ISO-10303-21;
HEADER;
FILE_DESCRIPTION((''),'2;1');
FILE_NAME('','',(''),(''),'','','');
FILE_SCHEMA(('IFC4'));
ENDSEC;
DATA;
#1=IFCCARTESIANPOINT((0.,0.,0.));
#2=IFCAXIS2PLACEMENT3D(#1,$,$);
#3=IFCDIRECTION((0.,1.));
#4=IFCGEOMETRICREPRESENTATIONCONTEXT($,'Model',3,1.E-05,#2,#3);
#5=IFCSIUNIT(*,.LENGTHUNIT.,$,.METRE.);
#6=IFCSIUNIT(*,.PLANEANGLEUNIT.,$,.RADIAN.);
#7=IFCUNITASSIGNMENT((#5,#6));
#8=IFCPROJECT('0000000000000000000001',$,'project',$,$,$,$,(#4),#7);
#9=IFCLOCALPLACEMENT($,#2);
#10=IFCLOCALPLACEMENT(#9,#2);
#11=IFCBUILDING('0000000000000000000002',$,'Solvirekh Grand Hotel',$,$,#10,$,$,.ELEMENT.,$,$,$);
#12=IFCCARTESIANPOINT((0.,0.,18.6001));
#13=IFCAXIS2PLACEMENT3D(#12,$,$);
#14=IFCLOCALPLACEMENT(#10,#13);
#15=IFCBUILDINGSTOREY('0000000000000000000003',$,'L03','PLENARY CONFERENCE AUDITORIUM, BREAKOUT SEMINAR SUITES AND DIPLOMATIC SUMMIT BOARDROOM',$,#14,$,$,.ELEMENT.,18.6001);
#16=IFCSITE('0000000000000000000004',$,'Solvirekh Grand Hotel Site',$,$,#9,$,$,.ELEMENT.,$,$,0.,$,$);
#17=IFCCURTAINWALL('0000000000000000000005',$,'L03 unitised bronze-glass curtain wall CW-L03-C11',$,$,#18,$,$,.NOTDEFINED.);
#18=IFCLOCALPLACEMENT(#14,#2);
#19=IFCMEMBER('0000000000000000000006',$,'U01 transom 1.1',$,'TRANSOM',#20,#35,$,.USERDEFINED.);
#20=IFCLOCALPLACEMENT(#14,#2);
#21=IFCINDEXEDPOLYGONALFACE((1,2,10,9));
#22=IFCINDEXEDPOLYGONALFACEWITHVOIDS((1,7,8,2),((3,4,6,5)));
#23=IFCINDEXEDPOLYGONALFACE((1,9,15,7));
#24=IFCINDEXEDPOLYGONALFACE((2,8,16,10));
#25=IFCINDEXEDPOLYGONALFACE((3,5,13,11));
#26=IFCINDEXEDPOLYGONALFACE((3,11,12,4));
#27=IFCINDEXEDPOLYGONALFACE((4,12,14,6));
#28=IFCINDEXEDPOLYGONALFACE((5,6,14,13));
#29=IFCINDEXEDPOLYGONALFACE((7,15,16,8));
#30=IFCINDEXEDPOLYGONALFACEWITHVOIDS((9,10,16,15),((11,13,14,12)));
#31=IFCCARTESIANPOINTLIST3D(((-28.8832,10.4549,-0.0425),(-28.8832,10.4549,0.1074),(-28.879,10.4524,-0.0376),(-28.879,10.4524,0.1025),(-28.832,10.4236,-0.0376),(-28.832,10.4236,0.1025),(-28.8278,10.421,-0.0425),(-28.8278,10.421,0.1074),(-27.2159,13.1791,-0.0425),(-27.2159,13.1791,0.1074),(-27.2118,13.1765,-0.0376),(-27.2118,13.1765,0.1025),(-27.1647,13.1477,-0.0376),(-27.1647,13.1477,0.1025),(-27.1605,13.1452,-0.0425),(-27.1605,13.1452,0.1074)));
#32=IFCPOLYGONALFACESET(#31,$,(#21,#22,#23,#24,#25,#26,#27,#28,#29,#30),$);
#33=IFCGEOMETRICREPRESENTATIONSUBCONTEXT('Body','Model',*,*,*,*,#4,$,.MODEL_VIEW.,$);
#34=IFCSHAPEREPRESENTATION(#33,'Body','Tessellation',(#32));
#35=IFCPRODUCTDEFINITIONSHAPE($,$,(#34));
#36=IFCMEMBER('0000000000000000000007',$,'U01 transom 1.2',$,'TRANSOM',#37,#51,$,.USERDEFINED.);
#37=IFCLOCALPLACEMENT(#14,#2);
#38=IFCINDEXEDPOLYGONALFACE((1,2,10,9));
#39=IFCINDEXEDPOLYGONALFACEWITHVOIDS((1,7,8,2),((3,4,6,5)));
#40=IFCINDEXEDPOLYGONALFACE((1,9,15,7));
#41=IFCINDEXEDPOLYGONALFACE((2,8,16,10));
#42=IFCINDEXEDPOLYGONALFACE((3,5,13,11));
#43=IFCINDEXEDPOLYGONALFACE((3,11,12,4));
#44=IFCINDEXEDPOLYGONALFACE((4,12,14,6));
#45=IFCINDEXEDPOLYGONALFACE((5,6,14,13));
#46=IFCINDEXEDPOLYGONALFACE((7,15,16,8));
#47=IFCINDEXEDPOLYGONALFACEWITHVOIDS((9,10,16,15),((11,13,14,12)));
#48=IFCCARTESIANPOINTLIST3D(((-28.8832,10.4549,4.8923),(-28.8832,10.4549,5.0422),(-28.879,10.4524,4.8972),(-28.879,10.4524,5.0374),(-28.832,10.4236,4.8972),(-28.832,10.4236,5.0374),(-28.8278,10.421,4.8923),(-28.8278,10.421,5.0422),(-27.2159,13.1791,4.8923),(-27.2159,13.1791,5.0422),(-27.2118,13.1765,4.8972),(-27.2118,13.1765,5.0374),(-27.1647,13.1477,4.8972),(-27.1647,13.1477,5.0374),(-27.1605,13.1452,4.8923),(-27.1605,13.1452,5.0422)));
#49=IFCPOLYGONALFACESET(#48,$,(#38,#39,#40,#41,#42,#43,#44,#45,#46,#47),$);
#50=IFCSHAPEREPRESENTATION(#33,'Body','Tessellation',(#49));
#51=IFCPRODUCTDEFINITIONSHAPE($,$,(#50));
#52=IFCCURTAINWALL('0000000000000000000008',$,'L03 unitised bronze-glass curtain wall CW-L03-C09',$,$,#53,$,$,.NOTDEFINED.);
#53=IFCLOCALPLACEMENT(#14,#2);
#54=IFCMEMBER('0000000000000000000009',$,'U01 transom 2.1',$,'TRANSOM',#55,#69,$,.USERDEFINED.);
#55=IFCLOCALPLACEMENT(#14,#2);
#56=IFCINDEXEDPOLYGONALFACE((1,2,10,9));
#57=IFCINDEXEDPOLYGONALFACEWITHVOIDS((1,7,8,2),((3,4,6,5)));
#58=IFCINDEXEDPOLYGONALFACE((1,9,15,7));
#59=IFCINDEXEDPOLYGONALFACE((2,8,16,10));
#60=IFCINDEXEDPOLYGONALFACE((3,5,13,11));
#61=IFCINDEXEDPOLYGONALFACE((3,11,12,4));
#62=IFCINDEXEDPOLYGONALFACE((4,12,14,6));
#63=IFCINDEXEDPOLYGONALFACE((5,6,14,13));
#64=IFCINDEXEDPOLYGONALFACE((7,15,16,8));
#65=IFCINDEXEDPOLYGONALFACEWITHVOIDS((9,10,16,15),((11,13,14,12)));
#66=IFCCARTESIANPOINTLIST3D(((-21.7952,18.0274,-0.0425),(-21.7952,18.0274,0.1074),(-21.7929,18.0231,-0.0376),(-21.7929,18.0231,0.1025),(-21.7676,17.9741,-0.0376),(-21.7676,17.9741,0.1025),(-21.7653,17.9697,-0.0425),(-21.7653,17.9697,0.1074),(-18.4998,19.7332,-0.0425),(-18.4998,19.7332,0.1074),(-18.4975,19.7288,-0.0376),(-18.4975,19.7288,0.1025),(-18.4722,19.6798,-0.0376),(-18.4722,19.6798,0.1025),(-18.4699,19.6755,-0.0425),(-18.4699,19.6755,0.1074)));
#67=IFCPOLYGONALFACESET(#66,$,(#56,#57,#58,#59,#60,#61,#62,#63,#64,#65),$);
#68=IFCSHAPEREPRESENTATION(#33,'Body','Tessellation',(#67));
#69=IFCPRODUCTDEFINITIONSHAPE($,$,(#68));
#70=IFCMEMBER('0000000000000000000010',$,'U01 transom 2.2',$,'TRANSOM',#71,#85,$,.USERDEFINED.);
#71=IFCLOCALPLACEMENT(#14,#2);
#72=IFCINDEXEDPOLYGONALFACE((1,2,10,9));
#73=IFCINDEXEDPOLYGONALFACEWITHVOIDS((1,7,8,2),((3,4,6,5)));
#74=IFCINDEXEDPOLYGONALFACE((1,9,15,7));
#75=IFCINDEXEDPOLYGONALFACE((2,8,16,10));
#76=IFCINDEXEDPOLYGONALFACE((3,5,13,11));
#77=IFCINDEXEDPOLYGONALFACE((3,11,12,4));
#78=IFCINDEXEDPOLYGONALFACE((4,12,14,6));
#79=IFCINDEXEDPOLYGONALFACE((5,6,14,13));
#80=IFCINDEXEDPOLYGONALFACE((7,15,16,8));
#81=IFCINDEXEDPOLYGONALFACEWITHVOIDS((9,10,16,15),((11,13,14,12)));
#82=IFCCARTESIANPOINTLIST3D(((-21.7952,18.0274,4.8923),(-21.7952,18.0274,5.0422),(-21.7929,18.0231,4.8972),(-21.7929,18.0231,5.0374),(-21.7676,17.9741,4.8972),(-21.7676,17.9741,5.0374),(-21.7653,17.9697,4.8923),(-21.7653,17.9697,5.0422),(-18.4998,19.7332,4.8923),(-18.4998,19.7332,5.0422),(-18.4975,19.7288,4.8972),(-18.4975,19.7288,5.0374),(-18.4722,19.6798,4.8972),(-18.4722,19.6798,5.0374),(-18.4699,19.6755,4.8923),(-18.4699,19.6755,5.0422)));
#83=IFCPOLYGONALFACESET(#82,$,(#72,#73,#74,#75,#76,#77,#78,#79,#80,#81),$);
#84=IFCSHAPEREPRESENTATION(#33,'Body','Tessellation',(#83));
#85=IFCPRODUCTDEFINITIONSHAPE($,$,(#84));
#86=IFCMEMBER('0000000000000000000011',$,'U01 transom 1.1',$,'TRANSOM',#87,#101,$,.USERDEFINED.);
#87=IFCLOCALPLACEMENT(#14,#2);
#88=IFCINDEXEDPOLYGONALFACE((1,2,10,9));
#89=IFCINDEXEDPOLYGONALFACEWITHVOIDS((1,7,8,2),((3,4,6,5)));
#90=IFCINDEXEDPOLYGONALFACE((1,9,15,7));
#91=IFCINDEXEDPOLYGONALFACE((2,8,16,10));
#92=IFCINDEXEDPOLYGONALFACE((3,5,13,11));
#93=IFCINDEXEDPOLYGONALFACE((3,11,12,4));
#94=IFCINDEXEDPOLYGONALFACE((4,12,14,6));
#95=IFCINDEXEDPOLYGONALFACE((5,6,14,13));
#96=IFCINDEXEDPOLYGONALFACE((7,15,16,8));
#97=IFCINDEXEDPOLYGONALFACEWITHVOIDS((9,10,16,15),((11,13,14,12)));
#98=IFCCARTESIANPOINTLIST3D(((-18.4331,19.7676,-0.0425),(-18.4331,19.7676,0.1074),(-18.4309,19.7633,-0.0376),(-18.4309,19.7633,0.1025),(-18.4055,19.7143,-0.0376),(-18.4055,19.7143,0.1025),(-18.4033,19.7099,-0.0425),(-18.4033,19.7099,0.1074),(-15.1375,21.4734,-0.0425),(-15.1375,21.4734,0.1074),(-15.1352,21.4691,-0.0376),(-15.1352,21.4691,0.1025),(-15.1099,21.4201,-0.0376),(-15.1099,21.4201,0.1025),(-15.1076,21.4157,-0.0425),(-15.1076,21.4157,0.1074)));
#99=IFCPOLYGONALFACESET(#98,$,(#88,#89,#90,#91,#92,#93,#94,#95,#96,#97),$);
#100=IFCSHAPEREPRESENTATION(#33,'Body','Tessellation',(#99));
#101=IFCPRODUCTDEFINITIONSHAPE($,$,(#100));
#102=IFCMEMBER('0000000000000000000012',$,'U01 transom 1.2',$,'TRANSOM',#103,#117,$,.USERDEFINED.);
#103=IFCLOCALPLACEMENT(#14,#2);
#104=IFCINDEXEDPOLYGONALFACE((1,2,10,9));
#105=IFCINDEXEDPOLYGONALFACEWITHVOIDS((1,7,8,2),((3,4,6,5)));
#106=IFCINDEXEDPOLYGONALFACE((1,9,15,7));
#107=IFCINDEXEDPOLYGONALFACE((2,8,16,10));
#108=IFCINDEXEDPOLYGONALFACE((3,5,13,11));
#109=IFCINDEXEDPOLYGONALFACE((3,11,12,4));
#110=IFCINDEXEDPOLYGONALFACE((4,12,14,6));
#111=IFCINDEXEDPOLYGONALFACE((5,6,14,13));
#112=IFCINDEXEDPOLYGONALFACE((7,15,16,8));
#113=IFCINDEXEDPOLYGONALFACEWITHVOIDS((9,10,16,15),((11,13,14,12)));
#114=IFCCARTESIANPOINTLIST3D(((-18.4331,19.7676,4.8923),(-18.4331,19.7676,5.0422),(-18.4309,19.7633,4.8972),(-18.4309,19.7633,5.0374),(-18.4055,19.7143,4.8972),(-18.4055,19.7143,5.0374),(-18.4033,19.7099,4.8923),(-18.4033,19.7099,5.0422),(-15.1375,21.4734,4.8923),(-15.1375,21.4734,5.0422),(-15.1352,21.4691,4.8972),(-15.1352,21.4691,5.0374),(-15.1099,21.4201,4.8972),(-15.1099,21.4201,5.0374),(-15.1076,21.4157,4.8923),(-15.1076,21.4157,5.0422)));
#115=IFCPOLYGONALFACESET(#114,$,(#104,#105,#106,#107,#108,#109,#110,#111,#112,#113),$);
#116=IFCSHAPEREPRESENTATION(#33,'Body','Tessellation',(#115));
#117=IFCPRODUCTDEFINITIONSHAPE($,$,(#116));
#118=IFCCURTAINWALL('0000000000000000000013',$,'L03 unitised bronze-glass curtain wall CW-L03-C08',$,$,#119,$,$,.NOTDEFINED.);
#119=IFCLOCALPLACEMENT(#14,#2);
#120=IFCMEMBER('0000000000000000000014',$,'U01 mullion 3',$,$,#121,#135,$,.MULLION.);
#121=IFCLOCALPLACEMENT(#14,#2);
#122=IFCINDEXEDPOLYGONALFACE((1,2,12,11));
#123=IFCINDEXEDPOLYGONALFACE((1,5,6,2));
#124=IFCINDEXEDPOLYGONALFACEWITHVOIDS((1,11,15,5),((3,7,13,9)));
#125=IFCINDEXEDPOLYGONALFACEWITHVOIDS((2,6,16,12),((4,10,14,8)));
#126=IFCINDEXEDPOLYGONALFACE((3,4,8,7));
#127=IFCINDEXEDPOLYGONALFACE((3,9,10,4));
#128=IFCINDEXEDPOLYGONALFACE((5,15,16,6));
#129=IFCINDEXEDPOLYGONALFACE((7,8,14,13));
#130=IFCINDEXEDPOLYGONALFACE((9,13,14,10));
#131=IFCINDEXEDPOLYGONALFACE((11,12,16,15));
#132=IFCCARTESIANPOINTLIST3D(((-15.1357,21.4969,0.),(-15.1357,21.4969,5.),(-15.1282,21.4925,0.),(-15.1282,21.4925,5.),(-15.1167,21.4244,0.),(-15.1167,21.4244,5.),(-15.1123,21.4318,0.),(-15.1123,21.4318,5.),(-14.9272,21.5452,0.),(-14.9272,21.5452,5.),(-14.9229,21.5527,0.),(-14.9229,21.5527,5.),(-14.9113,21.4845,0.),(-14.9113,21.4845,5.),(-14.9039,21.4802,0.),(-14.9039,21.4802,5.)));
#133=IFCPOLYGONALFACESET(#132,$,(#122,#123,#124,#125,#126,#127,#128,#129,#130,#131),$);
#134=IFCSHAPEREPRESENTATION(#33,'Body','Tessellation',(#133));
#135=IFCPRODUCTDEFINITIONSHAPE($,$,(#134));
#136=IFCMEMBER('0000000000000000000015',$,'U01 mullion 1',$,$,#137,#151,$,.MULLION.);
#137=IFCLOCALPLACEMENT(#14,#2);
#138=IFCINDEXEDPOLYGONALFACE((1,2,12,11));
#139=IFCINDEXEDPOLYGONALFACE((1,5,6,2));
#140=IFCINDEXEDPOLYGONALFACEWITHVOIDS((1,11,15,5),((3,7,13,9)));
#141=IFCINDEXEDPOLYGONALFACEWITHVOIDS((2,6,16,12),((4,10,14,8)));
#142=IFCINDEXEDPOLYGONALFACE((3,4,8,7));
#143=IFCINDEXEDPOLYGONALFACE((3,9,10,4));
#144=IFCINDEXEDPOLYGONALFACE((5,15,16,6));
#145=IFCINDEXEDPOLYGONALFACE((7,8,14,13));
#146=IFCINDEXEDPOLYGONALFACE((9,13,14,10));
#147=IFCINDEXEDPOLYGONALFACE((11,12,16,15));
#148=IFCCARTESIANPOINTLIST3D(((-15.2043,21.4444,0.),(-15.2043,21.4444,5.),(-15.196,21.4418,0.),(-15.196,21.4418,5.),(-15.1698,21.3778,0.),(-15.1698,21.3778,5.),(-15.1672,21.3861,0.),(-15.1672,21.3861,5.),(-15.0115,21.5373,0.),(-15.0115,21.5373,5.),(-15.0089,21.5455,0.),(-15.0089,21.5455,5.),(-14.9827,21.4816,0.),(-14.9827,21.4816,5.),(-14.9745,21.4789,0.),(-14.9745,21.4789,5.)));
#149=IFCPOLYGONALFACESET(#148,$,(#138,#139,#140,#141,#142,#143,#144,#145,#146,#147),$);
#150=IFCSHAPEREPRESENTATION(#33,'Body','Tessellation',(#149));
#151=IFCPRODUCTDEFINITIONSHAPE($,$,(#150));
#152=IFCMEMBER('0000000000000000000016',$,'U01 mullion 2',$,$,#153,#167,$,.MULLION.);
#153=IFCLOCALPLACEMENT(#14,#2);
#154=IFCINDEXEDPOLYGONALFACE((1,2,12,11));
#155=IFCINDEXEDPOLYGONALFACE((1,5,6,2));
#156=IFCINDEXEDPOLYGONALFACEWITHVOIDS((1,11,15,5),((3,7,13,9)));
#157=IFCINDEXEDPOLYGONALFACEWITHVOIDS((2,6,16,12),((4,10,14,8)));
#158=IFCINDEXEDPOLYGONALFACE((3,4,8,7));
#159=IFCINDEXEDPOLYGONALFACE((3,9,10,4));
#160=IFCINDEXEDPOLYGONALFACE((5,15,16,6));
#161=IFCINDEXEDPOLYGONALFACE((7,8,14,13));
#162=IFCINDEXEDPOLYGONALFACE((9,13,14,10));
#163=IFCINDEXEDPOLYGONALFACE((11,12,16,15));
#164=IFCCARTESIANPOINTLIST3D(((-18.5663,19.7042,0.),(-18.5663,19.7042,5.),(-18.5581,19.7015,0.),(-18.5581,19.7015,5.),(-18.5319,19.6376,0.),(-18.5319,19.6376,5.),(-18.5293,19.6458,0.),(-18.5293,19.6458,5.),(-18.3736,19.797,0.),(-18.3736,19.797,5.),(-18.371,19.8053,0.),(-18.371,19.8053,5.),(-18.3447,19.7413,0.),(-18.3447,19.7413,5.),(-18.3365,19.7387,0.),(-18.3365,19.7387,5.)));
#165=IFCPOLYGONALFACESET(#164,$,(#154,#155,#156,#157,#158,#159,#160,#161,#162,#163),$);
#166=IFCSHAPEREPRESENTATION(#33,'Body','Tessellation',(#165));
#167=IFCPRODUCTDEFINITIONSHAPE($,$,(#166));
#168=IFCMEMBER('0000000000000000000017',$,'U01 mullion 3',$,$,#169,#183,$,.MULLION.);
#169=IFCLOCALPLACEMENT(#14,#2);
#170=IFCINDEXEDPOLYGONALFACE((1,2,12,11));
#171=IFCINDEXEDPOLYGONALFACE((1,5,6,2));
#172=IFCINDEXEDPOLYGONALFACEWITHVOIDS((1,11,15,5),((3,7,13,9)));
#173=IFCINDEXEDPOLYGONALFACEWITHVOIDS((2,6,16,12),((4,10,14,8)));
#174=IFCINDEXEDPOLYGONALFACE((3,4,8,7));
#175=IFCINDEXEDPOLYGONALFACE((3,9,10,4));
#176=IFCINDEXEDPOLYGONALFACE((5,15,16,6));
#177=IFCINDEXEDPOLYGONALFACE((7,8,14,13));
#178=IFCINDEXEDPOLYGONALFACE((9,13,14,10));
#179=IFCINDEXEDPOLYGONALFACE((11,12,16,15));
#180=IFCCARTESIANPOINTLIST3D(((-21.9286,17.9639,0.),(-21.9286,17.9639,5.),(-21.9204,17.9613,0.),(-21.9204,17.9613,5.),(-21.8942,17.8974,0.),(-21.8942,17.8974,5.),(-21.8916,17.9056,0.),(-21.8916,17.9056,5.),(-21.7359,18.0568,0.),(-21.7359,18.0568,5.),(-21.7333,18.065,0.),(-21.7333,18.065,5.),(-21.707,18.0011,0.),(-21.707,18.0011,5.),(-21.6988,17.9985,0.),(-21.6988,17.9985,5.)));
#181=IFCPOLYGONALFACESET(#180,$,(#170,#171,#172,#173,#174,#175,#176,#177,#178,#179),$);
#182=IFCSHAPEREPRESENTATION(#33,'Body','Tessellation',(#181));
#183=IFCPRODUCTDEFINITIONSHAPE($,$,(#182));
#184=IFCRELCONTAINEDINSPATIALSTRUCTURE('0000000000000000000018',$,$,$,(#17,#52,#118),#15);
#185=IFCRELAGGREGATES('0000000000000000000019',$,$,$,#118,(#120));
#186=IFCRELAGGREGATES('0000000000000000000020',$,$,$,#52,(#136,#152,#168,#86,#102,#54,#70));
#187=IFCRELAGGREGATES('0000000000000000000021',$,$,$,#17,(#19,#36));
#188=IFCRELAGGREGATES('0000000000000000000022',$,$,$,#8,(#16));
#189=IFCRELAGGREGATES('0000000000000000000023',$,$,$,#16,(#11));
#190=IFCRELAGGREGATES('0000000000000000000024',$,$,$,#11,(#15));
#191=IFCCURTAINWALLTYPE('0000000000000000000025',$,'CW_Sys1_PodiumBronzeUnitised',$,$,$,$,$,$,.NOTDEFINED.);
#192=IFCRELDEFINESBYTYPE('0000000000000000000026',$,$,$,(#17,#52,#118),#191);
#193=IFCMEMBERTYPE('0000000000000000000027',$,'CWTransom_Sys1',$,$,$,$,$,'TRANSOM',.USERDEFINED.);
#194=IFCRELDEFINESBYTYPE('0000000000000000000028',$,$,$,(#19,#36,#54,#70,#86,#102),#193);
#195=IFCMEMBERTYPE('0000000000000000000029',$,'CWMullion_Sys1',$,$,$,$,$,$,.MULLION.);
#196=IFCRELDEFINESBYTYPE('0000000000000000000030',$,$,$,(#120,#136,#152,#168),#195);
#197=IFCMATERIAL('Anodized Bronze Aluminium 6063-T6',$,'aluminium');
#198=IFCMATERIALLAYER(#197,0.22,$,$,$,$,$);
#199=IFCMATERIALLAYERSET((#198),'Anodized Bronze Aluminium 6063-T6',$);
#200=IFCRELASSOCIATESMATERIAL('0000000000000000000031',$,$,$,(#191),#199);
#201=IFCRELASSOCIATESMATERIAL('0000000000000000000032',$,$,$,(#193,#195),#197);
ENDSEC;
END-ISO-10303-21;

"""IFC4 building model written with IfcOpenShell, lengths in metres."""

from ifc_helpers import new_model, si_unit, direction, frame, origin, origin_2d, place, context, subcontext, project, spatial, hollow_rectangle, extrude, source, transform, mapped, material, layer, layer_set, material_profile, profile_set, type_object, element, aggregate, save


model = new_model("IFC4")

# Units and contexts
model_context = context("Model", 3, precision=1e-05, world=origin(), true_north=direction((0.0, 1.0)))
body_context = subcontext(model_context, "Body", "Model", "MODEL_VIEW")
ifc_project = project(units=[si_unit("LENGTHUNIT", "METRE"), si_unit("PLANEANGLEUNIT", "RADIAN")], contexts=[model_context])

# Site, building, storey
site_placement = place(None, origin())
site = spatial("IfcSite", under=ifc_project, at=site_placement, Name="Solvirekh Grand Hotel Site", CompositionType="ELEMENT", RefElevation=0.0)
building_placement = place(site_placement, origin())
building = spatial("IfcBuilding", under=site, at=building_placement, Name="Solvirekh Grand Hotel", CompositionType="ELEMENT")
storey_placement = place(building_placement, frame((0.0, 0.0, 18.6001)))
storey = spatial("IfcBuildingStorey", under=building, at=storey_placement, Name="L03", Description="PLENARY CONFERENCE AUDITORIUM, BREAKOUT SEMINAR SUITES AND DIPLOMATIC SUMMIT BOARDROOM", CompositionType="ELEMENT", Elevation=18.6001)

# Curtain walls, members
ifc_material_1 = material(Name="Anodized Bronze Aluminium 6063-T6", Category="aluminium")
ifc_layer_1 = layer(ifc_material_1, 0.22)
ifc_layer_set_1 = layer_set([ifc_layer_1], Name="Anodized Bronze Aluminium 6063-T6")
curtain_wall_type = type_object("IfcCurtainWallType", Name="CW_Sys1_PodiumBronzeUnitised", PredefinedType="NOTDEFINED", material=ifc_layer_set_1)
curtain_wall_1_placement = place(storey_placement, origin())
curtain_wall_1 = element("IfcCurtainWall", 1, at=curtain_wall_1_placement, inside=storey, type_object=curtain_wall_type, Name="L03 unitised bronze-glass curtain wall CW-L03-C11", PredefinedType="NOTDEFINED")
ifc_material_profile_1 = material_profile(ifc_material_1, hollow_rectangle(XDim=0.0649, YDim=0.1499, WallThickness=0.0049, at=origin_2d()), Name="ALU RHS 150X65X5")
ifc_profile_set_1 = profile_set([ifc_material_profile_1], Name="Anodized Bronze Aluminium 6063-T6")
member_type_1 = type_object("IfcMemberType", Name="CWTransom_Sys1", ElementType="TRANSOM", PredefinedType="USERDEFINED", material=ifc_profile_set_1)
shared_shape_1 = source(origin(), body_context, "Body", "SweptSolid", [
    extrude(hollow_rectangle(XDim=0.0649, YDim=0.1499, WallThickness=0.0049, at=origin_2d()), origin(), (0.0, 0.0, 1.0), 3.1938),
])
member_1_placement = place(storey_placement, frame((-27.1882, 13.1621, 0.0325), z_axis=(-0.522019, -0.852934, 0.0), x_axis=(0.852934, -0.522019, 0.0)))
member_1 = element("IfcMember", 2, at=member_1_placement, type_object=member_type_1, Name="U01 transom 1.1", ObjectType="TRANSOM", PredefinedType="USERDEFINED", context=body_context, shape_type="MappedRepresentation", body=[
    mapped(shared_shape_1, transform((0.0, 0.0, 0.0), x_axis=(1.0, 0.0, 0.0), y_axis=(0.0, 1.0, 0.0), z_axis=(0.0, 0.0, 1.0), scale=1.0)),
])
member_2_placement = place(storey_placement, frame((-27.1882, 13.1621, 4.9673), z_axis=(-0.522019, -0.852934, 0.0), x_axis=(0.852934, -0.522019, 0.0)))
member_2 = element("IfcMember", 3, at=member_2_placement, type_object=member_type_1, Name="U01 transom 1.2", ObjectType="TRANSOM", PredefinedType="USERDEFINED", context=body_context, shape_type="MappedRepresentation", body=[
    mapped(shared_shape_1, transform((0.0, 0.0, 0.0), x_axis=(1.0, 0.0, 0.0), y_axis=(0.0, 1.0, 0.0), z_axis=(0.0, 0.0, 1.0), scale=1.0)),
])
curtain_wall_2_placement = place(storey_placement, origin())
curtain_wall_2 = element("IfcCurtainWall", 4, at=curtain_wall_2_placement, inside=storey, type_object=curtain_wall_type, Name="L03 unitised bronze-glass curtain wall CW-L03-C09", PredefinedType="NOTDEFINED")
shared_shape_2 = source(origin(), body_context, "Body", "SweptSolid", [
    extrude(hollow_rectangle(XDim=0.0649, YDim=0.1499, WallThickness=0.0049, at=origin_2d()), origin(), (0.0, 0.0, 1.0), 3.7107),
])
member_3_placement = place(storey_placement, frame((-18.4849, 19.7043, 0.0325), z_axis=(-0.888076, -0.459697, 0.0), x_axis=(0.459697, -0.888076, 0.0)))
member_3 = element("IfcMember", 5, at=member_3_placement, type_object=member_type_1, Name="U01 transom 2.1", ObjectType="TRANSOM", PredefinedType="USERDEFINED", context=body_context, shape_type="MappedRepresentation", body=[
    mapped(shared_shape_2, transform((0.0, 0.0, 0.0), x_axis=(1.0, 0.0, 0.0), y_axis=(0.0, 1.0, 0.0), z_axis=(0.0, 0.0, 1.0), scale=1.0)),
])
member_4_placement = place(storey_placement, frame((-18.4849, 19.7043, 4.9673), z_axis=(-0.888076, -0.459697, 0.0), x_axis=(0.459697, -0.888076, 0.0)))
member_4 = element("IfcMember", 6, at=member_4_placement, type_object=member_type_1, Name="U01 transom 2.2", ObjectType="TRANSOM", PredefinedType="USERDEFINED", context=body_context, shape_type="MappedRepresentation", body=[
    mapped(shared_shape_2, transform((0.0, 0.0, 0.0), x_axis=(1.0, 0.0, 0.0), y_axis=(0.0, 1.0, 0.0), z_axis=(0.0, 0.0, 1.0), scale=1.0)),
])
shared_shape_3 = source(origin(), body_context, "Body", "SweptSolid", [
    extrude(hollow_rectangle(XDim=0.0649, YDim=0.1499, WallThickness=0.0049, at=origin_2d()), origin(), (0.0, 0.0, 1.0), 3.7109),
])
member_5_placement = place(storey_placement, frame((-15.1226, 21.4446, 0.0325), z_axis=(-0.88809, -0.45967, 0.0), x_axis=(0.45967, -0.88809, 0.0)))
member_5 = element("IfcMember", 7, at=member_5_placement, type_object=member_type_1, Name="U01 transom 1.1", ObjectType="TRANSOM", PredefinedType="USERDEFINED", context=body_context, shape_type="MappedRepresentation", body=[
    mapped(shared_shape_3, transform((0.0, 0.0, 0.0), x_axis=(1.0, 0.0, 0.0), y_axis=(0.0, 1.0, 0.0), z_axis=(0.0, 0.0, 1.0), scale=1.0)),
])
member_6_placement = place(storey_placement, frame((-15.1226, 21.4446, 4.9673), z_axis=(-0.88809, -0.45967, 0.0), x_axis=(0.45967, -0.88809, 0.0)))
member_6 = element("IfcMember", 8, at=member_6_placement, type_object=member_type_1, Name="U01 transom 1.2", ObjectType="TRANSOM", PredefinedType="USERDEFINED", context=body_context, shape_type="MappedRepresentation", body=[
    mapped(shared_shape_3, transform((0.0, 0.0, 0.0), x_axis=(1.0, 0.0, 0.0), y_axis=(0.0, 1.0, 0.0), z_axis=(0.0, 0.0, 1.0), scale=1.0)),
])

# Curtain wall, member
curtain_wall_3_placement = place(storey_placement, origin())
curtain_wall_3 = element("IfcCurtainWall", 9, at=curtain_wall_3_placement, inside=storey, type_object=curtain_wall_type, Name="L03 unitised bronze-glass curtain wall CW-L03-C08", PredefinedType="NOTDEFINED")
ifc_material_profile_2 = material_profile(ifc_material_1, hollow_rectangle(XDim=0.075, YDim=0.22, WallThickness=0.0061, at=origin_2d()), Name="ALU RHS 220X75X6")
ifc_profile_set_2 = profile_set([ifc_material_profile_2], Name="Anodized Bronze Aluminium 6063-T6")
member_type_2 = type_object("IfcMemberType", Name="CWMullion_Sys1", PredefinedType="MULLION", material=ifc_profile_set_2)
shared_shape_4 = source(origin(), body_context, "Body", "SweptSolid", [
    extrude(hollow_rectangle(XDim=0.075, YDim=0.22, WallThickness=0.0061, at=origin_2d()), origin(), (0.0, 0.0, 1.0), 5.0),
])
member_7_placement = place(storey_placement, frame((-15.0198, 21.4885, 0.0), z_axis=(0.0, 0.0, 1.0), x_axis=(0.253641, -0.967299, 0.0)))
member_7 = element("IfcMember", 10, at=member_7_placement, type_object=member_type_2, Name="U01 mullion 3", PredefinedType="MULLION", context=body_context, shape_type="MappedRepresentation", body=[
    mapped(shared_shape_4, transform((0.0, 0.0, 0.0), x_axis=(1.0, 0.0, 0.0), y_axis=(0.0, 1.0, 0.0), z_axis=(0.0, 0.0, 1.0), scale=1.0)),
])
aggregate(curtain_wall_3, [member_7])

# Members
member_8_placement = place(storey_placement, frame((-15.0894, 21.4617, 0.0), z_axis=(0.0, 0.0, 1.0), x_axis=(0.459672, -0.888089, 0.0)))
member_8 = element("IfcMember", 11, at=member_8_placement, type_object=member_type_2, Name="U01 mullion 1", PredefinedType="MULLION", context=body_context, shape_type="MappedRepresentation", body=[
    mapped(shared_shape_4, transform((0.0, 0.0, 0.0), x_axis=(1.0, 0.0, 0.0), y_axis=(0.0, 1.0, 0.0), z_axis=(0.0, 0.0, 1.0), scale=1.0)),
])
member_9_placement = place(storey_placement, frame((-18.4514, 19.7214, 0.0), z_axis=(0.0, 0.0, 1.0), x_axis=(0.459672, -0.888089, 0.0)))
member_9 = element("IfcMember", 12, at=member_9_placement, type_object=member_type_2, Name="U01 mullion 2", PredefinedType="MULLION", context=body_context, shape_type="MappedRepresentation", body=[
    mapped(shared_shape_4, transform((0.0, 0.0, 0.0), x_axis=(1.0, 0.0, 0.0), y_axis=(0.0, 1.0, 0.0), z_axis=(0.0, 0.0, 1.0), scale=1.0)),
])
member_10_placement = place(storey_placement, frame((-21.8137, 17.9812, 0.0), z_axis=(0.0, 0.0, 1.0), x_axis=(0.459672, -0.888089, 0.0)))
member_10 = element("IfcMember", 13, at=member_10_placement, type_object=member_type_2, Name="U01 mullion 3", PredefinedType="MULLION", context=body_context, shape_type="MappedRepresentation", body=[
    mapped(shared_shape_4, transform((0.0, 0.0, 0.0), x_axis=(1.0, 0.0, 0.0), y_axis=(0.0, 1.0, 0.0), z_axis=(0.0, 0.0, 1.0), scale=1.0)),
])

aggregate(curtain_wall_2, [member_8, member_9, member_10, member_5, member_6, member_3, member_4])
aggregate(curtain_wall_1, [member_1, member_2])

save(model, "model.ifc")
